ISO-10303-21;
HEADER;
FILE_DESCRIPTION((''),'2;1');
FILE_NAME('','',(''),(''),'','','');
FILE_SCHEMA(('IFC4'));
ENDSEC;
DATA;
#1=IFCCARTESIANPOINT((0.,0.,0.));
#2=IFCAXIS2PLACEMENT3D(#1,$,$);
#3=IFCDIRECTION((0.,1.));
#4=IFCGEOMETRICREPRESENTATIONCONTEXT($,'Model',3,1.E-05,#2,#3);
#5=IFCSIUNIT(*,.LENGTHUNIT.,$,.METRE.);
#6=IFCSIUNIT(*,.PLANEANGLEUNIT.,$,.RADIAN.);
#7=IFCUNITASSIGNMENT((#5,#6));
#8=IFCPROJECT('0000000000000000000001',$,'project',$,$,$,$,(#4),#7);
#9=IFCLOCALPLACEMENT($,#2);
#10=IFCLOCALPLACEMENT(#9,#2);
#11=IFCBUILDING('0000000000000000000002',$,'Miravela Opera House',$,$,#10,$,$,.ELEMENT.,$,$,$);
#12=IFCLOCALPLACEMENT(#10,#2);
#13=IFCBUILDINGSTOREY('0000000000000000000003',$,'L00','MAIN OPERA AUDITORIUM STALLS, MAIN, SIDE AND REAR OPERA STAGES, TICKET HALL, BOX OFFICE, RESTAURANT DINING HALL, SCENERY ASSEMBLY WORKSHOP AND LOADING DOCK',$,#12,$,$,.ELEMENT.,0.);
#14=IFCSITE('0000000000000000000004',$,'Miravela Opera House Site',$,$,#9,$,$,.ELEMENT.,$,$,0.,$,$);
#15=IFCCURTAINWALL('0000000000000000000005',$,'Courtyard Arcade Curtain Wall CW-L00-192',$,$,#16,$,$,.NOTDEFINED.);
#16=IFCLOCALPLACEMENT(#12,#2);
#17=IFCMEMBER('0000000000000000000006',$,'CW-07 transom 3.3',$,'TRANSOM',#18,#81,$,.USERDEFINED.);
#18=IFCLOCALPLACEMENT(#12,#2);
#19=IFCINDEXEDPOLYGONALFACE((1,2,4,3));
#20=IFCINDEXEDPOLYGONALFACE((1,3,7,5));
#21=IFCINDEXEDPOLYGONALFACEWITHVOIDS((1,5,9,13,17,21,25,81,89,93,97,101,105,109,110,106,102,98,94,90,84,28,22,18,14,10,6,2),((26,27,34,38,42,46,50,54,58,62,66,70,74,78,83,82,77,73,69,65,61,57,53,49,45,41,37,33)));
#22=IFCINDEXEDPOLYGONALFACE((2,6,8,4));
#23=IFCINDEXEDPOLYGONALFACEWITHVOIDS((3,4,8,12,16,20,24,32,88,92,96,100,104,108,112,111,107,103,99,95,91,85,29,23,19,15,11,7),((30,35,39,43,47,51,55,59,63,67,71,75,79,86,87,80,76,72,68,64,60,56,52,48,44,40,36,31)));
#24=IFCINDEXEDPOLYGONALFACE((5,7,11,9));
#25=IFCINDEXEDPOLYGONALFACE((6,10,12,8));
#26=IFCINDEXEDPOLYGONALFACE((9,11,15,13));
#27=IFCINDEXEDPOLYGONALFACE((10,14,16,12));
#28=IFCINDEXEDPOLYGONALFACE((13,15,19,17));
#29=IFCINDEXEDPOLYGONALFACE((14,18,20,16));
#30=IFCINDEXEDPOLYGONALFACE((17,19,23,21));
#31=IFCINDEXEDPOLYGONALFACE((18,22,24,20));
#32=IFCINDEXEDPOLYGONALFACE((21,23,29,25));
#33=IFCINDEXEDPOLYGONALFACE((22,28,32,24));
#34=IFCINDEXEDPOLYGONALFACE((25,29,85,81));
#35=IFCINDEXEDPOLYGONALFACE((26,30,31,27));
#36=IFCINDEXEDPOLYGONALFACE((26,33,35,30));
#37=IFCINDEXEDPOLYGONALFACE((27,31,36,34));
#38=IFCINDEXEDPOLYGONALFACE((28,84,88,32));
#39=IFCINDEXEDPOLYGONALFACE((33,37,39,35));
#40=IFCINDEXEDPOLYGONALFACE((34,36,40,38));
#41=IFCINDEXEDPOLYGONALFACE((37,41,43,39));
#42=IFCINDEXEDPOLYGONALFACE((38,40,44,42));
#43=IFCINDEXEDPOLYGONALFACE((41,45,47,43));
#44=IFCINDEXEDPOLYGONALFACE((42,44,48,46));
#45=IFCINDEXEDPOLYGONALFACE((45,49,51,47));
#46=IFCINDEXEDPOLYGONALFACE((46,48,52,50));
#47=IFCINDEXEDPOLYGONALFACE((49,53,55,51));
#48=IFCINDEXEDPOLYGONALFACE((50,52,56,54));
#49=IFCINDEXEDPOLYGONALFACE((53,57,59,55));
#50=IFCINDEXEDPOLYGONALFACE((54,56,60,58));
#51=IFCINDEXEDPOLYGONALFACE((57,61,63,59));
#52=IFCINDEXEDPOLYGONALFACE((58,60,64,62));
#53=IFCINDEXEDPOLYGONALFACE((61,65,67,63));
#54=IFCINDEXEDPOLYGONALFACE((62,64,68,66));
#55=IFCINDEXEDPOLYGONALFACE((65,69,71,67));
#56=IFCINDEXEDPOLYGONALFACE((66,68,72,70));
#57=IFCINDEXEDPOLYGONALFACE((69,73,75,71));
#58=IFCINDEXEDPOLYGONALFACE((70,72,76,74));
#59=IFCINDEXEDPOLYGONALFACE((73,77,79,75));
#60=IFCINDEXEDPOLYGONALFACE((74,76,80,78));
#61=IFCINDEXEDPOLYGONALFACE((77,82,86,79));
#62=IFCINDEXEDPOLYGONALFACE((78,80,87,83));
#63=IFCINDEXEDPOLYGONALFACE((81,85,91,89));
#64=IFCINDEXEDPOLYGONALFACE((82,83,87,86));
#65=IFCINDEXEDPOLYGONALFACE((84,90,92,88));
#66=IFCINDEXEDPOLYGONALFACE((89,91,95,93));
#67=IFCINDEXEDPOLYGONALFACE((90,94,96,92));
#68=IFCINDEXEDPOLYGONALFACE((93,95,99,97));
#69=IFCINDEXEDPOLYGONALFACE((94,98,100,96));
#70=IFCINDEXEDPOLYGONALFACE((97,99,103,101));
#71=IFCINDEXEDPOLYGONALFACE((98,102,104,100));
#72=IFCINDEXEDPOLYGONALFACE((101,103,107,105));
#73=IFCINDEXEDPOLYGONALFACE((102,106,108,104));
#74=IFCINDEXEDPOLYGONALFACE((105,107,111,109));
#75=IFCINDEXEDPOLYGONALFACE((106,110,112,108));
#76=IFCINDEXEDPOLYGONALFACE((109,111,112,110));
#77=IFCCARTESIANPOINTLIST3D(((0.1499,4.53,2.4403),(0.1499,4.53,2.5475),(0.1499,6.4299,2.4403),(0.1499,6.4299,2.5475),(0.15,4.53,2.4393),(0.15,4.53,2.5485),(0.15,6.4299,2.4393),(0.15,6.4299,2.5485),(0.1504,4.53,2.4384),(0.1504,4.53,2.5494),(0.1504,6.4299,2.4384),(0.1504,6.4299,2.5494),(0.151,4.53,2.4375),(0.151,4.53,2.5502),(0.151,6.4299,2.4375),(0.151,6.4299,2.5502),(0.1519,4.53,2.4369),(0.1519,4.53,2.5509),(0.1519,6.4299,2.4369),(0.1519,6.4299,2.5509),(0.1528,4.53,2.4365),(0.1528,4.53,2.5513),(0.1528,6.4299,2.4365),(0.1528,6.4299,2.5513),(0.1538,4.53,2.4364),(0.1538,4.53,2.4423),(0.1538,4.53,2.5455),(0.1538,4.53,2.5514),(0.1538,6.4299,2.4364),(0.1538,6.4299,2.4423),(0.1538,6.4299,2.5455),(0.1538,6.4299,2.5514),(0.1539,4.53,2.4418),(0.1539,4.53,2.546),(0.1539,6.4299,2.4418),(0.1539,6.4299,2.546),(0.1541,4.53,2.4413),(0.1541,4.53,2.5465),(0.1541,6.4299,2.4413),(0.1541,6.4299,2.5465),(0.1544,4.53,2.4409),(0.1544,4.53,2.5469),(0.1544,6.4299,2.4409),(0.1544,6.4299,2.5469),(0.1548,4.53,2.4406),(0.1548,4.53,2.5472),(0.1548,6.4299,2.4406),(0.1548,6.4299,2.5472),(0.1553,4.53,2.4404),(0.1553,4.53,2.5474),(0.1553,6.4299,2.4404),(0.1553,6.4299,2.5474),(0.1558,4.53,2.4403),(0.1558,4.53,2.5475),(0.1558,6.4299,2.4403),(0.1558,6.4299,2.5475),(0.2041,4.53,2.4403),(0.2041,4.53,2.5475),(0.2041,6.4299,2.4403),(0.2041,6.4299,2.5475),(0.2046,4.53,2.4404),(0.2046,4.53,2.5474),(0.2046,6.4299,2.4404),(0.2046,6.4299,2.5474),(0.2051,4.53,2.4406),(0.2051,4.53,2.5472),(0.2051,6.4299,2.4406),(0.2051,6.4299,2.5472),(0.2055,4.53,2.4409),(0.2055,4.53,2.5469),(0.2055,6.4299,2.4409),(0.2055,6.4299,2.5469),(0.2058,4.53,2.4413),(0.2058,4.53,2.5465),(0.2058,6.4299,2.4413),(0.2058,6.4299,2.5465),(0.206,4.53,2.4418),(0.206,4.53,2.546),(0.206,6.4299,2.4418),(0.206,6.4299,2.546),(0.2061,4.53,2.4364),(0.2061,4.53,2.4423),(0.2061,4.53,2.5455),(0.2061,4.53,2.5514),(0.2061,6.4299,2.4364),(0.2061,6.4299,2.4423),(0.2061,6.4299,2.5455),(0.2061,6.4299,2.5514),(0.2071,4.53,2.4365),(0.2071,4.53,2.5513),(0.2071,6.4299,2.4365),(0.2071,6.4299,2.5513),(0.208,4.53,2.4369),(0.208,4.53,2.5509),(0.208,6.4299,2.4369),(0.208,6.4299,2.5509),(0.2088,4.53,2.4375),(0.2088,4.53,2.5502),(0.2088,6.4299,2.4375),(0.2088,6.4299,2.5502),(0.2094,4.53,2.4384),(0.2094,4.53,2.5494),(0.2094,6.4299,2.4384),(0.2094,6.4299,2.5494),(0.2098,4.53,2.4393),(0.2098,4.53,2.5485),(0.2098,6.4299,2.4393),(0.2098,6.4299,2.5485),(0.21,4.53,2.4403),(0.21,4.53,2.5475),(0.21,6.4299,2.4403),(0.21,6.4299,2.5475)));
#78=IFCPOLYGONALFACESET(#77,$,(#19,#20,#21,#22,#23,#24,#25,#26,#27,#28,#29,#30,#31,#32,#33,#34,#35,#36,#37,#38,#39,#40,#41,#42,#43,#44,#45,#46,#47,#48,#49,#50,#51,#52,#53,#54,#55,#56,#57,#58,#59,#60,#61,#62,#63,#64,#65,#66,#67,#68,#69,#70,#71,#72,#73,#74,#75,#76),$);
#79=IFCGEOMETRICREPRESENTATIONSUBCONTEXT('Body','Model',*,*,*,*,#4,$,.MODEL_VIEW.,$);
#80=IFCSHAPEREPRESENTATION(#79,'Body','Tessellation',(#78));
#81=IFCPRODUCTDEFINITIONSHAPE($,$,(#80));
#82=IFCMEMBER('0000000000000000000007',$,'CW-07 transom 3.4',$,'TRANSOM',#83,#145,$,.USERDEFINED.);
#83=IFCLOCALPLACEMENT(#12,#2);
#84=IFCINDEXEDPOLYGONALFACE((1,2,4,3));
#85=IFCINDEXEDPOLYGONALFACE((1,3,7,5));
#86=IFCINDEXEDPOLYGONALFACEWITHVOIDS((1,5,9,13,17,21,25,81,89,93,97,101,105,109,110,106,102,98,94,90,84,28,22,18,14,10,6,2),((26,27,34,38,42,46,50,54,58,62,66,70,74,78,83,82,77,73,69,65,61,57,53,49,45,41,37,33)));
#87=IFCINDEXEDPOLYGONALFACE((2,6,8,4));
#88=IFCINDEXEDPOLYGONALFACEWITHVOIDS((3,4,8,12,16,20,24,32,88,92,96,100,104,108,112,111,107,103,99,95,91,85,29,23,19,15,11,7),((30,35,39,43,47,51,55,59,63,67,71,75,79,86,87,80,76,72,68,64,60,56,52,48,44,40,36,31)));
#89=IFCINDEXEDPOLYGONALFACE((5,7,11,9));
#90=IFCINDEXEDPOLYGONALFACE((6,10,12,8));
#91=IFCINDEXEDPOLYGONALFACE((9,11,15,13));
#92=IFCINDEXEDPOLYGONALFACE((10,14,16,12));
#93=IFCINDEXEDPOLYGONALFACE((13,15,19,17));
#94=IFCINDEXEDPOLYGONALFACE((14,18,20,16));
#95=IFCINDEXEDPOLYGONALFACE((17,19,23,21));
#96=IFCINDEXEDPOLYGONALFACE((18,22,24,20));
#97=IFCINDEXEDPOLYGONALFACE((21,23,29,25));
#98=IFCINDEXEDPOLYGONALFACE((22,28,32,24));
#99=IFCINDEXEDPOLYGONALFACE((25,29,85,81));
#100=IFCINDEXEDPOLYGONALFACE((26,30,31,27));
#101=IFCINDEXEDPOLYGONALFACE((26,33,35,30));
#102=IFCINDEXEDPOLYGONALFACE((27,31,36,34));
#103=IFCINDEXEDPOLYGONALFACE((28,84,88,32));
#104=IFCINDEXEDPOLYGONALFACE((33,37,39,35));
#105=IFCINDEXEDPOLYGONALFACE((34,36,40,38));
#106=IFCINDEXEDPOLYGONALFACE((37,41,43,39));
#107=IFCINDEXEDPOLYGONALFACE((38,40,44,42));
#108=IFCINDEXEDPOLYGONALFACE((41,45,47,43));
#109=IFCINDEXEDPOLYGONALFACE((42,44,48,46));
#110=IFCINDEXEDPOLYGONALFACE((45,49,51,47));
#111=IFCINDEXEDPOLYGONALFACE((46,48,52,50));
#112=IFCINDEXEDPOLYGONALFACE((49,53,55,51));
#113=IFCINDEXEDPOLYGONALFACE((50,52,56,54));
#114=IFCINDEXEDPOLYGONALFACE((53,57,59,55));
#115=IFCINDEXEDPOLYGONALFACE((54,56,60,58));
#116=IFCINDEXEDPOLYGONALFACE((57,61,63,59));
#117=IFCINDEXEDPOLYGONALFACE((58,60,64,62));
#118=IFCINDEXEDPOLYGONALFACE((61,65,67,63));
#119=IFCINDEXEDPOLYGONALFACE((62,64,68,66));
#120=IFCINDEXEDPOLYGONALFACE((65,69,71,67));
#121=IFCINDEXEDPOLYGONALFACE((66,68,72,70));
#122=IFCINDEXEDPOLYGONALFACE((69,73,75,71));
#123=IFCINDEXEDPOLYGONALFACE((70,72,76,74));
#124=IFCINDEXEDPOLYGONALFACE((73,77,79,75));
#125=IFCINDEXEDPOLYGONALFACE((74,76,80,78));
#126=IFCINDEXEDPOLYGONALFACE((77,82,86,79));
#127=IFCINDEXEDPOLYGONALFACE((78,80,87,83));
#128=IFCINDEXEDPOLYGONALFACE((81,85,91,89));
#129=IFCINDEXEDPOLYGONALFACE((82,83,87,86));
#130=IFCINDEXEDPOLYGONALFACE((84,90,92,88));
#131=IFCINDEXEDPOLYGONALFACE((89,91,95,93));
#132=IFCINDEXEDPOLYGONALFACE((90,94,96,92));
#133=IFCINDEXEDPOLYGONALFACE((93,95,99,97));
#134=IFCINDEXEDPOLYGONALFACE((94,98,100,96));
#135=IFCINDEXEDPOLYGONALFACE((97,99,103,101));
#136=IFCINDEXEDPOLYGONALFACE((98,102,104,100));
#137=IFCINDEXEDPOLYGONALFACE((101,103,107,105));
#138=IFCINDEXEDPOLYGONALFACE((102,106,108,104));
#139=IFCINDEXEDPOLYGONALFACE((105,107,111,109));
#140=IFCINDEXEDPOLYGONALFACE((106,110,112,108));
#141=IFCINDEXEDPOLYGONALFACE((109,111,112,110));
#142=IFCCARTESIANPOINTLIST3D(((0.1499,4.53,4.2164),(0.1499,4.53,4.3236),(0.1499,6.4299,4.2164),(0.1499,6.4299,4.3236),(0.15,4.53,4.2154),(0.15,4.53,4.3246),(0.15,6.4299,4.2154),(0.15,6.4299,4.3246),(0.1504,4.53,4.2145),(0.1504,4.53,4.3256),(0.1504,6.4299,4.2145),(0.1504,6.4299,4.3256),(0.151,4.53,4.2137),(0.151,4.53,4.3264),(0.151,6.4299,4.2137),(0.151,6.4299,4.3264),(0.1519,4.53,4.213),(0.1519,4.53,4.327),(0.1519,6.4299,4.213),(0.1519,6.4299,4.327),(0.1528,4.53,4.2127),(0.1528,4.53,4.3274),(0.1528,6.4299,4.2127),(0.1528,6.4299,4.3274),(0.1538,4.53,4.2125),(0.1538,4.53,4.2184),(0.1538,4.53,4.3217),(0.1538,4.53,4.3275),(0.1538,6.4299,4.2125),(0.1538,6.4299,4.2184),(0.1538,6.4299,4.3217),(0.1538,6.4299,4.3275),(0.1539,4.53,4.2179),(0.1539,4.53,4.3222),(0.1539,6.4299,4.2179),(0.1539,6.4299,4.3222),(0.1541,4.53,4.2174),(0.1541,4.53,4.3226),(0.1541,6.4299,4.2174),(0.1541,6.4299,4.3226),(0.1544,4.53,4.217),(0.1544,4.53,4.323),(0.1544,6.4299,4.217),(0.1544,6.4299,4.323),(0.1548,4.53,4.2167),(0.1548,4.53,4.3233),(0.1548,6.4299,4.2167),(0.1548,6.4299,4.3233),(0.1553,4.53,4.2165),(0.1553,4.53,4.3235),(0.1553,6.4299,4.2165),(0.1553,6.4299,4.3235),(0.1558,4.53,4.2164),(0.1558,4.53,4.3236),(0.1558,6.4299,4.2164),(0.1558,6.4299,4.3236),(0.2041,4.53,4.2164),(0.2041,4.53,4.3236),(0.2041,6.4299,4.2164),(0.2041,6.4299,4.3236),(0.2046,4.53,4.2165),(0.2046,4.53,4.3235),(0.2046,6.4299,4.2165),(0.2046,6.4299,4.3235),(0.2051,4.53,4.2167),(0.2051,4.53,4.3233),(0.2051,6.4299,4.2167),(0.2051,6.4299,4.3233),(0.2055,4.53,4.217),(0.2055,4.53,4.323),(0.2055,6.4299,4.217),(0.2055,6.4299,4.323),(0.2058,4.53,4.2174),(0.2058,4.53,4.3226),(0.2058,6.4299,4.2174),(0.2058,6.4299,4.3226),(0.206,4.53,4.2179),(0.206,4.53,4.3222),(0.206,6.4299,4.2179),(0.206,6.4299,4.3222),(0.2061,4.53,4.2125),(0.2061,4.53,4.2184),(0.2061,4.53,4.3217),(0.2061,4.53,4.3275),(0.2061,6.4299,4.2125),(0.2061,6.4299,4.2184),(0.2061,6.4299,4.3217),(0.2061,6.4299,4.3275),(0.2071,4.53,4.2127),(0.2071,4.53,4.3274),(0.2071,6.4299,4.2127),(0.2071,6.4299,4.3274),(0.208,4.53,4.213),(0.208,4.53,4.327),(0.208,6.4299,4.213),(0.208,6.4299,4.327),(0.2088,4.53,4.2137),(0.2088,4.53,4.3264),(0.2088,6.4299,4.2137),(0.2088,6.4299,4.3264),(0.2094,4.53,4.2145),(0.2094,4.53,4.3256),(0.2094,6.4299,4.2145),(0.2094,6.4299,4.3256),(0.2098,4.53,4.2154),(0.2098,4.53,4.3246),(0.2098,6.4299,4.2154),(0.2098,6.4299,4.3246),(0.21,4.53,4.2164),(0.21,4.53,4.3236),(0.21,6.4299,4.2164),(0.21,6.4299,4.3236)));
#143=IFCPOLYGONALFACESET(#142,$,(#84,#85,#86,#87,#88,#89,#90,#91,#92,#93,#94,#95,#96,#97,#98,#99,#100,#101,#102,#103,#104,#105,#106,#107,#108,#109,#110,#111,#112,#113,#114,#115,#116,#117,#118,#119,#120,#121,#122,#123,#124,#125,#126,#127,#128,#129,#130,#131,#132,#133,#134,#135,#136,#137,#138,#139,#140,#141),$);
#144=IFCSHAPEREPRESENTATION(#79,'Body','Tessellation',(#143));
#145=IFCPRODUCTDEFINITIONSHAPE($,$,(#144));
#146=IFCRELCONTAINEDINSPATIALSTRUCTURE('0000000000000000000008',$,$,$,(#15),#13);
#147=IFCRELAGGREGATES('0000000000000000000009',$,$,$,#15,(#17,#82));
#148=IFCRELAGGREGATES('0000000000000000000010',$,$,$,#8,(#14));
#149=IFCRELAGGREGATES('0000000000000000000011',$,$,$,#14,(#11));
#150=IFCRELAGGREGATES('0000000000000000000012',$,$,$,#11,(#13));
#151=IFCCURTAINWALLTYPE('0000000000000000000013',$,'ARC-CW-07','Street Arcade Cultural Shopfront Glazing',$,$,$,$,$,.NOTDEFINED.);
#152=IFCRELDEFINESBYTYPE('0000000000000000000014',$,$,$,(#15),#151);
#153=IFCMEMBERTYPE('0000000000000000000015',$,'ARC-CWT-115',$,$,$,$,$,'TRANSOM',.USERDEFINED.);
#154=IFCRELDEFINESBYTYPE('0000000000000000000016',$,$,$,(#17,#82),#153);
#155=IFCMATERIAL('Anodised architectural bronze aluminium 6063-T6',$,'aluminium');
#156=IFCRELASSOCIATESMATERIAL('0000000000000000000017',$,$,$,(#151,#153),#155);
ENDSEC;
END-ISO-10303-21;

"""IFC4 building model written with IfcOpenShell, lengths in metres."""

from ifc_helpers import new_model, si_unit, direction, frame, origin, origin_2d, place, context, subcontext, project, spatial, hollow_rectangle, extrude, material, material_profile, profile_set, type_object, element, aggregate, save


model = new_model("IFC4")

# Units and contexts
model_context = context("Model", 3, precision=1e-05, world=origin(), true_north=direction((0.0, 1.0)))
body_context = subcontext(model_context, "Body", "Model", "MODEL_VIEW")
ifc_project = project(units=[si_unit("LENGTHUNIT", "METRE"), si_unit("PLANEANGLEUNIT", "RADIAN")], contexts=[model_context])

# Site, building, storey
site_placement = place(None, origin())
site = spatial("IfcSite", under=ifc_project, at=site_placement, Name="Miravela Opera House Site", CompositionType="ELEMENT", RefElevation=0.0)
building_placement = place(site_placement, origin())
building = spatial("IfcBuilding", under=site, at=building_placement, Name="Miravela Opera House", CompositionType="ELEMENT")
storey_placement = place(building_placement, origin())
storey = spatial("IfcBuildingStorey", under=building, at=storey_placement, Name="L00", Description="MAIN OPERA AUDITORIUM STALLS, MAIN, SIDE AND REAR OPERA STAGES, TICKET HALL, BOX OFFICE, RESTAURANT DINING HALL, SCENERY ASSEMBLY WORKSHOP AND LOADING DOCK", CompositionType="ELEMENT", Elevation=0.0)

# Curtain wall, members
ifc_material_1 = material(Name="Anodised architectural bronze aluminium 6063-T6", Category="aluminium")
curtain_wall_type = type_object("IfcCurtainWallType", Name="ARC-CW-07", Description="Street Arcade Cultural Shopfront Glazing", PredefinedType="NOTDEFINED", material=ifc_material_1)
curtain_wall_placement = place(storey_placement, origin())
curtain_wall = element("IfcCurtainWall", 1, at=curtain_wall_placement, inside=storey, type_object=curtain_wall_type, Name="Courtyard Arcade Curtain Wall CW-L00-192", PredefinedType="NOTDEFINED")
ifc_material_profile_1 = material_profile(ifc_material_1, hollow_rectangle(XDim=0.0601, YDim=0.115, WallThickness=0.0039, InnerFilletRadius=0.002, OuterFilletRadius=0.0039, at=origin_2d()), Name="CWT-60X115")
ifc_profile_set_1 = profile_set([ifc_material_profile_1])
member_type_1 = type_object("IfcMemberType", Name="ARC-CWT-115", ElementType="TRANSOM", PredefinedType="USERDEFINED", material=ifc_profile_set_1)
member_1_placement = place(storey_placement, frame((0.1799, 4.53, 2.4939), z_axis=(0.0, 1.0, 0.0), x_axis=(-1.0, 0.0, 0.0)))
member_1 = element("IfcMember", 2, at=member_1_placement, type_object=member_type_1, Name="CW-07 transom 3.3", ObjectType="TRANSOM", PredefinedType="USERDEFINED", context=body_context, shape_type="SweptSolid", body=[
    extrude(hollow_rectangle(XDim=0.0601, YDim=0.115, WallThickness=0.0039, InnerFilletRadius=0.002, OuterFilletRadius=0.0039, at=origin_2d()), origin(), (0.0, 0.0, 1.0), 1.8999),
])
member_2_placement = place(storey_placement, frame((0.1799, 4.53, 4.27), z_axis=(0.0, 1.0, 0.0), x_axis=(-1.0, 0.0, 0.0)))
member_2 = element("IfcMember", 3, at=member_2_placement, type_object=member_type_1, Name="CW-07 transom 3.4", ObjectType="TRANSOM", PredefinedType="USERDEFINED", context=body_context, shape_type="SweptSolid", body=[
    extrude(hollow_rectangle(XDim=0.0601, YDim=0.115, WallThickness=0.0039, InnerFilletRadius=0.002, OuterFilletRadius=0.0039, at=origin_2d()), origin(), (0.0, 0.0, 1.0), 1.8999),
])

aggregate(curtain_wall, [member_1, member_2])

save(model, "model.ifc")
